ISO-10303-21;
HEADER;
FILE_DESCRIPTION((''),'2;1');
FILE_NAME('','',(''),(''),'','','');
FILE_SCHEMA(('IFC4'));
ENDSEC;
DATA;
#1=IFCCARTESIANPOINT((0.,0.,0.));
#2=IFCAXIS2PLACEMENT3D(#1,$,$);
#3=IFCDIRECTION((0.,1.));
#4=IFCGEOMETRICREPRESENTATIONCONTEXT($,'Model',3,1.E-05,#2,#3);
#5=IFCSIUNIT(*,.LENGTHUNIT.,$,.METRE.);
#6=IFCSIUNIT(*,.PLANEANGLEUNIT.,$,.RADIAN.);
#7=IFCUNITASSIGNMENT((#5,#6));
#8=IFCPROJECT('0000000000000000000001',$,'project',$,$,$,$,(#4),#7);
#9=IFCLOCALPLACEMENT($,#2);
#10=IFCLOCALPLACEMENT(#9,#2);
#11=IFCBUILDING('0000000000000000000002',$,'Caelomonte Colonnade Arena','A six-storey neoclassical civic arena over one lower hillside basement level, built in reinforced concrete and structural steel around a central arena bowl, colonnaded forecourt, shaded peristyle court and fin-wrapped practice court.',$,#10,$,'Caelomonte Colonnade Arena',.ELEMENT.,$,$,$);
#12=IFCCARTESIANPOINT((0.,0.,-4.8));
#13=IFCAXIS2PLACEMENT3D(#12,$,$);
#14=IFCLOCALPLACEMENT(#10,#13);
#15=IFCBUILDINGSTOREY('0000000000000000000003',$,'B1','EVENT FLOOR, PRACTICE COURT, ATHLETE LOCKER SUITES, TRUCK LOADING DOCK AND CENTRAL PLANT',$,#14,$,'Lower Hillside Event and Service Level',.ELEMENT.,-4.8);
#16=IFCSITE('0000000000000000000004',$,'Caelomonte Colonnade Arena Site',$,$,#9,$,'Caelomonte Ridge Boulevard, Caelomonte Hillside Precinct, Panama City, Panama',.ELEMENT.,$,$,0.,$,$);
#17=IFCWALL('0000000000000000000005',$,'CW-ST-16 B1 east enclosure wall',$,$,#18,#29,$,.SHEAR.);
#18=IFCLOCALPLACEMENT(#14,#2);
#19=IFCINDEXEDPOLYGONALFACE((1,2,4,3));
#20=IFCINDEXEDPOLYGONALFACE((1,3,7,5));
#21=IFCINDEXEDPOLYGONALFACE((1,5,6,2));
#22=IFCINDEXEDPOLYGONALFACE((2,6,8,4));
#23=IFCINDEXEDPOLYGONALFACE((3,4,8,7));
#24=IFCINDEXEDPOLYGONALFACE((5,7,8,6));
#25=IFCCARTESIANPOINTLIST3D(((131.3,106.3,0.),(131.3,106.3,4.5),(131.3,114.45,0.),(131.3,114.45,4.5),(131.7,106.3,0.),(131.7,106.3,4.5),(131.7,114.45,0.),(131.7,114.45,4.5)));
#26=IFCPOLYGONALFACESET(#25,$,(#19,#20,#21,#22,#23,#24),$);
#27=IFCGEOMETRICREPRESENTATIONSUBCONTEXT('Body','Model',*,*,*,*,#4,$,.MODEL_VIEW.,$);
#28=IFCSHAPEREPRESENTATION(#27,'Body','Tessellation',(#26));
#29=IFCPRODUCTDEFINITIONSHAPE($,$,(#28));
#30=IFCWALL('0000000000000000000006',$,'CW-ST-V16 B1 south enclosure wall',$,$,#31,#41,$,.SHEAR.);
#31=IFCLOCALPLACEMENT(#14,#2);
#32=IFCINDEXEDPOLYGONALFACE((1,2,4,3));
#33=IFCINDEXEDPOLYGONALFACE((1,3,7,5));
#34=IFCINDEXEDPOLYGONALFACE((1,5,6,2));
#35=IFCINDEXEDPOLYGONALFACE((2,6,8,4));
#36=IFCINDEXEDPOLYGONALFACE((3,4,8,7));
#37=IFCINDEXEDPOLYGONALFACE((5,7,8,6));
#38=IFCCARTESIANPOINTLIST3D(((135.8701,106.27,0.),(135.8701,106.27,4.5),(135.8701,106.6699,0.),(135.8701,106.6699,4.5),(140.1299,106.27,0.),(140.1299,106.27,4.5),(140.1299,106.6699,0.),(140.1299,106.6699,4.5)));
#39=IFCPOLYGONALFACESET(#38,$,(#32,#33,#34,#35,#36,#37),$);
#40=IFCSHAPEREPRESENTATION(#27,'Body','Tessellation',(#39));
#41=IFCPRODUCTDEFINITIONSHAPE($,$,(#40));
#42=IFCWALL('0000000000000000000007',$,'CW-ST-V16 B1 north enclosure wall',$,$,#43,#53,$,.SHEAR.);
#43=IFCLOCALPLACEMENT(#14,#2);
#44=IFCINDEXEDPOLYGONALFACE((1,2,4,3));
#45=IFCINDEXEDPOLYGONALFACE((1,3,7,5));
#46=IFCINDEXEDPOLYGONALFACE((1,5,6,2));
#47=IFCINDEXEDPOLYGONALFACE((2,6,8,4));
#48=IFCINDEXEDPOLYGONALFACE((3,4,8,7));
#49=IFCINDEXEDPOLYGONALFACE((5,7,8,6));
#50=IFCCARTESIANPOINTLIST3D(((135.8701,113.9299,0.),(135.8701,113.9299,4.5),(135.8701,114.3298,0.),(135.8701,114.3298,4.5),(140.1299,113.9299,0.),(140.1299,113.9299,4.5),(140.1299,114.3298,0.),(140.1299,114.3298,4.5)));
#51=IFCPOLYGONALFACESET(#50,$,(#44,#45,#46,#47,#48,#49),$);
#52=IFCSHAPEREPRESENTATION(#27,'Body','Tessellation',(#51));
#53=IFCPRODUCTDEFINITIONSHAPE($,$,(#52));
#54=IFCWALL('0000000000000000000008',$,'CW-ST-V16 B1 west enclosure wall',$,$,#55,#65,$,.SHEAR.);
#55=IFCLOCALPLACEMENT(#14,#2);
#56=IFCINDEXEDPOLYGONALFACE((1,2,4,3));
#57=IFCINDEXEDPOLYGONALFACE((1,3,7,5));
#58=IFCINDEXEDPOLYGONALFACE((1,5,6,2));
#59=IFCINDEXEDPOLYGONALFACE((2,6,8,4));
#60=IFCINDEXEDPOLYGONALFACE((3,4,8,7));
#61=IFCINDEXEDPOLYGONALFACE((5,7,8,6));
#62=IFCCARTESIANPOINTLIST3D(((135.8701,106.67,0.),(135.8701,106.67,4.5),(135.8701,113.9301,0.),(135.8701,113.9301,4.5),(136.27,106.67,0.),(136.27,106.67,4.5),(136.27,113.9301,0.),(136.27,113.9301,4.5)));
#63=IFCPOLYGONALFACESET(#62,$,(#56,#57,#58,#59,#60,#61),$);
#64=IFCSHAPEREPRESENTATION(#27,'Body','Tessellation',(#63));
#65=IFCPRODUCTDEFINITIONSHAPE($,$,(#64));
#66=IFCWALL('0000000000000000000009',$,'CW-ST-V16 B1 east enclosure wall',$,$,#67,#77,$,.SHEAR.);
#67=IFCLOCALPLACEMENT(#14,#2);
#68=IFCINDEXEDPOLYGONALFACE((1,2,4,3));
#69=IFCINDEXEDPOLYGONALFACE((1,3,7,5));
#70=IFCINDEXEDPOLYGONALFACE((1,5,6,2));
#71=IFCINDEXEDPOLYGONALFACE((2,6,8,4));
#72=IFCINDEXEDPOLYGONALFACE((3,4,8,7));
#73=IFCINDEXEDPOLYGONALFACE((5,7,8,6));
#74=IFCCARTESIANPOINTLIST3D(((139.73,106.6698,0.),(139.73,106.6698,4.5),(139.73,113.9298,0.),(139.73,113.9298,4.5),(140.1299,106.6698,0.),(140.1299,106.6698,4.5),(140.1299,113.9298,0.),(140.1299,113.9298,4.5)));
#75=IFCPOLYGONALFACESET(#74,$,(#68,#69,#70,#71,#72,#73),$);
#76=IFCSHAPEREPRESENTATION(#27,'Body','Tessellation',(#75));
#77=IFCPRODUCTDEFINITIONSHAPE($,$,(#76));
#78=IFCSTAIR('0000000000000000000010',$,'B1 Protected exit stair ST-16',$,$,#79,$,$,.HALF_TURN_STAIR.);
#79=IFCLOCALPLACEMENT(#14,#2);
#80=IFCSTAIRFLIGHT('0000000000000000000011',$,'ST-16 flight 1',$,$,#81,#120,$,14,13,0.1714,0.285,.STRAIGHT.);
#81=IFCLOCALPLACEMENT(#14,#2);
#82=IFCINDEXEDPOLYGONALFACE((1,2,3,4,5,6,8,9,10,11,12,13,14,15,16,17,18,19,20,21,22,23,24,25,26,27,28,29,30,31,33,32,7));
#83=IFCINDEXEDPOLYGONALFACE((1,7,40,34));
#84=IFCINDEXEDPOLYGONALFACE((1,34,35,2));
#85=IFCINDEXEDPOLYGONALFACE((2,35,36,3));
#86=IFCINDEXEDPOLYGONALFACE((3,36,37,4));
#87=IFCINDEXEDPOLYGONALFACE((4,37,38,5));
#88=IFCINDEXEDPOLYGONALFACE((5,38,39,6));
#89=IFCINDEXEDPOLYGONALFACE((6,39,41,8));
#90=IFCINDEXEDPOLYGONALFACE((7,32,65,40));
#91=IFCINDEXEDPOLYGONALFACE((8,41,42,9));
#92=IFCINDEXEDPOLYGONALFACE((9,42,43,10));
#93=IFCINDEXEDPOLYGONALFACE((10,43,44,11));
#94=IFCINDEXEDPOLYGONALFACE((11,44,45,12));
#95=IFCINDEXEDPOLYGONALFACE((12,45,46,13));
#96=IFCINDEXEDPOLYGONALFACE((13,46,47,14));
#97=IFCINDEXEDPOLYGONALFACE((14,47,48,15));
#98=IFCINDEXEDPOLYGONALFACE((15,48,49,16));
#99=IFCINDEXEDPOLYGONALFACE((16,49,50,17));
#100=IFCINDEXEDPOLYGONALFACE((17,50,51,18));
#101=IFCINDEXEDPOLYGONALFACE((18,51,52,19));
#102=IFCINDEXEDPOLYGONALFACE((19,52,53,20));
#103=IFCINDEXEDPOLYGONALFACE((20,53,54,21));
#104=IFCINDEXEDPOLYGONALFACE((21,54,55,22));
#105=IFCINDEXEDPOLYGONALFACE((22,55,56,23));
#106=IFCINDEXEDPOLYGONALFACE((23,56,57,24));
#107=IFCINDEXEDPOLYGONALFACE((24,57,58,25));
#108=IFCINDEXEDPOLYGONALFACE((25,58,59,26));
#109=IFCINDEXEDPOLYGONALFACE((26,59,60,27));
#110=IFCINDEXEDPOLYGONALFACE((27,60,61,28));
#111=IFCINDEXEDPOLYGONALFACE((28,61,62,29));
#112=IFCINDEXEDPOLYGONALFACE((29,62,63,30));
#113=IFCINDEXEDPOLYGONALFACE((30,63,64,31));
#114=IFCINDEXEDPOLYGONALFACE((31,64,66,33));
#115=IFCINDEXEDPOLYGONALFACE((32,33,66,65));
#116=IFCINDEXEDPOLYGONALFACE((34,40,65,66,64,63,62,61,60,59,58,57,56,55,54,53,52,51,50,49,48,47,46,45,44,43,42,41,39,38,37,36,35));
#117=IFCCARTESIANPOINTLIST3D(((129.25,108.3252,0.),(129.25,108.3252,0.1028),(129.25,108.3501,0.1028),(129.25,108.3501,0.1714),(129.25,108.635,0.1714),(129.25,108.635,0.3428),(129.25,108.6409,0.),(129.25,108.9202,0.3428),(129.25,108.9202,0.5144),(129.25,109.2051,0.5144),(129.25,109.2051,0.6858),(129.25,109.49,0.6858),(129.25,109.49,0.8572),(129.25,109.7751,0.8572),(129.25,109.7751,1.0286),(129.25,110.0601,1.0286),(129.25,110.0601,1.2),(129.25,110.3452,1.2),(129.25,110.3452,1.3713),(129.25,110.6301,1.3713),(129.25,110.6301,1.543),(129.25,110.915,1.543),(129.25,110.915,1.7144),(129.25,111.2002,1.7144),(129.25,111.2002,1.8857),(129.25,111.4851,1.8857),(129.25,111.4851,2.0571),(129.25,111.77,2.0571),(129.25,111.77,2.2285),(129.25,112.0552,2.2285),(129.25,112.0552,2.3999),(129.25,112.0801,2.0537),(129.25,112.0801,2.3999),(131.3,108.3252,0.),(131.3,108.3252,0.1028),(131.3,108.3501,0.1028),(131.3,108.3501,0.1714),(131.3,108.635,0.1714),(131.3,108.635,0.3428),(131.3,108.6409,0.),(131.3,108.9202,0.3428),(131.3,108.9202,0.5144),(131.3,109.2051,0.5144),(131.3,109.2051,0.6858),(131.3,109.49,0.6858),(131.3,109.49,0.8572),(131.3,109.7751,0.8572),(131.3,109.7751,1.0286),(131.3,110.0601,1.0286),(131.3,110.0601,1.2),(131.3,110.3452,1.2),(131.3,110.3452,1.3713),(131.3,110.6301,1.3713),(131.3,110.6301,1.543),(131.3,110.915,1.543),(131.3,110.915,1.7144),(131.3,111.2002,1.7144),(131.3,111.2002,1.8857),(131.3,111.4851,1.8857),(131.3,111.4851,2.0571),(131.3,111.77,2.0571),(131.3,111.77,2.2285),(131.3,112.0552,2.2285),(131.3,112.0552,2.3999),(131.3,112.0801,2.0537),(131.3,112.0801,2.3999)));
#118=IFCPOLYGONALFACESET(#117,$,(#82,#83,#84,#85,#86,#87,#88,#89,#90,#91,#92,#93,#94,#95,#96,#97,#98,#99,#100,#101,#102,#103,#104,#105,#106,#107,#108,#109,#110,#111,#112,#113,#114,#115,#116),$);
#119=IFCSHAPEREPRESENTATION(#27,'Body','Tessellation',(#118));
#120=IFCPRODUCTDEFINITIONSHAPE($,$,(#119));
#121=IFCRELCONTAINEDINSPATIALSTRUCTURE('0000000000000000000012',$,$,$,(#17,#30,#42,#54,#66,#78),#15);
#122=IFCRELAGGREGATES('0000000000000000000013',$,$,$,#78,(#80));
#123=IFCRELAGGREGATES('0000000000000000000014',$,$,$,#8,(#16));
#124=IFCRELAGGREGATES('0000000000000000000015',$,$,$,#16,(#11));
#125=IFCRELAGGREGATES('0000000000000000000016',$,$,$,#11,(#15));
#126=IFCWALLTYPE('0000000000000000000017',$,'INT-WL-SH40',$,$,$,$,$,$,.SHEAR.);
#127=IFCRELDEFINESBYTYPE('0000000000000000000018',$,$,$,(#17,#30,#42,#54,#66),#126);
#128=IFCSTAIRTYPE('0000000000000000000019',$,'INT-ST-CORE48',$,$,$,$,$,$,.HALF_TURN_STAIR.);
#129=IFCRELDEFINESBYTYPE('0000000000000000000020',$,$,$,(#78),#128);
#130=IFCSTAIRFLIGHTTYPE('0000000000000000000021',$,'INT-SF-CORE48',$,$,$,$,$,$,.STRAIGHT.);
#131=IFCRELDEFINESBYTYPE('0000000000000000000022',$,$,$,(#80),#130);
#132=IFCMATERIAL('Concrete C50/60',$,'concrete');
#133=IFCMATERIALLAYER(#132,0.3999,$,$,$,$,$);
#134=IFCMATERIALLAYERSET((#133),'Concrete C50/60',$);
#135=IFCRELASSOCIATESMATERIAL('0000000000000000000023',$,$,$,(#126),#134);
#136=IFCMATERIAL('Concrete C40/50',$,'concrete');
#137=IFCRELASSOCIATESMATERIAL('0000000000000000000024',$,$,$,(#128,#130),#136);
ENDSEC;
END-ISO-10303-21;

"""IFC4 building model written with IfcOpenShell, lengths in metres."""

from ifc_helpers import new_model, si_unit, direction, frame, frame_2d, origin, place, context, subcontext, project, spatial, polyline, rectangle, outline, extrude, material, layer, layer_set, type_object, element, aggregate, save


model = new_model("IFC4")

# Units and contexts
model_context = context("Model", 3, precision=1e-05, world=origin(), true_north=direction((0.0, 1.0)))
body_context = subcontext(model_context, "Body", "Model", "MODEL_VIEW")
ifc_project = project(units=[si_unit("LENGTHUNIT", "METRE"), si_unit("PLANEANGLEUNIT", "RADIAN")], contexts=[model_context])

# Site, building, storey
site_placement = place(None, origin())
site = spatial("IfcSite", under=ifc_project, at=site_placement, Name="Caelomonte Colonnade Arena Site", LongName="Caelomonte Ridge Boulevard, Caelomonte Hillside Precinct, Panama City, Panama", CompositionType="ELEMENT", RefElevation=0.0)
building_placement = place(site_placement, origin())
building = spatial("IfcBuilding", under=site, at=building_placement, Name="Caelomonte Colonnade Arena", Description="A six-storey neoclassical civic arena over one lower hillside basement level, built in reinforced concrete and structural steel around a central arena bowl, colonnaded forecourt, shaded peristyle court and fin-wrapped practice court.", LongName="Caelomonte Colonnade Arena", CompositionType="ELEMENT")
storey_placement = place(building_placement, frame((0.0, 0.0, -4.8)))
storey = spatial("IfcBuildingStorey", under=building, at=storey_placement, Name="B1", Description="EVENT FLOOR, PRACTICE COURT, ATHLETE LOCKER SUITES, TRUCK LOADING DOCK AND CENTRAL PLANT", LongName="Lower Hillside Event and Service Level", CompositionType="ELEMENT", Elevation=-4.8)

# Shared definitions
ifc_material_1 = material(Name="Concrete C40/50", Category="concrete")

# Shared definitions
ifc_material_2 = material(Name="Concrete C50/60", Category="concrete")

# Walls
ifc_layer_1 = layer(ifc_material_2, 0.3999)
ifc_layer_set_1 = layer_set([ifc_layer_1], Name="Concrete C50/60")
wall_type_1 = type_object("IfcWallType", Name="INT-WL-SH40", PredefinedType="SHEAR", material=ifc_layer_set_1)
wall_1_placement = place(storey_placement, frame((131.5, 106.3, 0.0), z_axis=(0.0, 0.0, 1.0), x_axis=(0.0, 1.0, 0.0)))
element("IfcWall", 1, at=wall_1_placement, inside=storey, type_object=wall_type_1, Name="CW-ST-16 B1 east enclosure wall", PredefinedType="SHEAR", context=body_context, shape_type="SweptSolid", body=[
    extrude(rectangle(XDim=8.1499, YDim=0.3999, at=frame_2d((4.075, 0.0))), origin(), (0.0, 0.0, 1.0), 4.5),
])
for number, where, z_axis, x_axis, name in (
    (2, (135.8701, 106.47, 0.0), (0.0, 0.0, 1.0), (1.0, 0.0, 0.0), "CW-ST-V16 B1 south enclosure wall"),
    (3, (140.1299, 114.1299, 0.0), (0.0, 0.0, 1.0), (-1.0, 0.0, 0.0), "CW-ST-V16 B1 north enclosure wall"),
):
    element("IfcWall", number, at=place(storey_placement, frame(where, z_axis=z_axis, x_axis=x_axis)), inside=storey, type_object=wall_type_1, Name=name, PredefinedType="SHEAR", context=body_context, shape_type="SweptSolid", body=[
        extrude(rectangle(XDim=4.2598, YDim=0.3999, at=frame_2d((2.1299, 0.0))), origin(), (0.0, 0.0, 1.0), 4.5),
    ])
for number, where, z_axis, x_axis, name in (
    (4, (136.0701, 113.9299, 0.0), (0.0, 0.0, 1.0), (0.0, -1.0, 0.0), "CW-ST-V16 B1 west enclosure wall"),
    (5, (139.9299, 106.6699, 0.0), (0.0, 0.0, 1.0), (0.0, 1.0, 0.0), "CW-ST-V16 B1 east enclosure wall"),
):
    element("IfcWall", number, at=place(storey_placement, frame(where, z_axis=z_axis, x_axis=x_axis)), inside=storey, type_object=wall_type_1, Name=name, PredefinedType="SHEAR", context=body_context, shape_type="SweptSolid", body=[
        extrude(rectangle(XDim=7.26, YDim=0.3999, at=frame_2d((3.6299, 0.0))), origin(), (0.0, 0.0, 1.0), 4.5),
    ])

# Stair, stair flight
stair_type = type_object("IfcStairType", Name="INT-ST-CORE48", PredefinedType="HALF_TURN_STAIR", material=ifc_material_1)
stair_placement = place(storey_placement, origin())
stair = element("IfcStair", 6, at=stair_placement, inside=storey, type_object=stair_type, Name="B1 Protected exit stair ST-16", PredefinedType="HALF_TURN_STAIR")
stair_flight_type = type_object("IfcStairFlightType", Name="INT-SF-CORE48", PredefinedType="STRAIGHT", material=ifc_material_1)
stair_flight_placement = place(storey_placement, frame((130.2749, 108.3501, 0.0), z_axis=(0.0, 0.0, 1.0), x_axis=(0.0, 1.0, 0.0)))
stair_flight = element("IfcStairFlight", 7, at=stair_flight_placement, type_object=stair_flight_type, Name="ST-16 flight 1", NumberOfRisers=14, NumberOfTreads=13, PredefinedType="STRAIGHT", RiserHeight=0.1714, TreadLength=0.285, context=body_context, shape_type="SweptSolid", body=[
    extrude(outline(polyline([(-0.0249, 0.0), (-0.0249, 0.1028), (0.0, 0.1028), (0.0, 0.1714), (0.2849, 0.1714), (0.2849, 0.3428), (0.5701, 0.3428), (0.5701, 0.5144), (0.855, 0.5144), (0.855, 0.6858), (1.1399, 0.6858), (1.1399, 0.8572), (1.425, 0.8572), (1.425, 1.0286), (1.71, 1.0286), (1.71, 1.2), (1.9951, 1.2), (1.9951, 1.3713), (2.28, 1.3713), (2.28, 1.543), (2.5649, 1.543), (2.5649, 1.7144), (2.8501, 1.7144), (2.8501, 1.8857), (3.135, 1.8857), (3.135, 2.0571), (3.4199, 2.0571), (3.4199, 2.2285), (3.7051, 2.2285), (3.7051, 2.3999), (3.73, 2.3999), (3.73, 2.0537), (0.2908, 0.0), (-0.0249, 0.0)])), frame((0.0, 1.0249, 0.0), z_axis=(0.0, -1.0, 0.0), x_axis=(1.0, 0.0, 0.0)), (0.0, 0.0, 1.0), 2.05),
])
aggregate(stair, [stair_flight])

save(model, "model.ifc")
